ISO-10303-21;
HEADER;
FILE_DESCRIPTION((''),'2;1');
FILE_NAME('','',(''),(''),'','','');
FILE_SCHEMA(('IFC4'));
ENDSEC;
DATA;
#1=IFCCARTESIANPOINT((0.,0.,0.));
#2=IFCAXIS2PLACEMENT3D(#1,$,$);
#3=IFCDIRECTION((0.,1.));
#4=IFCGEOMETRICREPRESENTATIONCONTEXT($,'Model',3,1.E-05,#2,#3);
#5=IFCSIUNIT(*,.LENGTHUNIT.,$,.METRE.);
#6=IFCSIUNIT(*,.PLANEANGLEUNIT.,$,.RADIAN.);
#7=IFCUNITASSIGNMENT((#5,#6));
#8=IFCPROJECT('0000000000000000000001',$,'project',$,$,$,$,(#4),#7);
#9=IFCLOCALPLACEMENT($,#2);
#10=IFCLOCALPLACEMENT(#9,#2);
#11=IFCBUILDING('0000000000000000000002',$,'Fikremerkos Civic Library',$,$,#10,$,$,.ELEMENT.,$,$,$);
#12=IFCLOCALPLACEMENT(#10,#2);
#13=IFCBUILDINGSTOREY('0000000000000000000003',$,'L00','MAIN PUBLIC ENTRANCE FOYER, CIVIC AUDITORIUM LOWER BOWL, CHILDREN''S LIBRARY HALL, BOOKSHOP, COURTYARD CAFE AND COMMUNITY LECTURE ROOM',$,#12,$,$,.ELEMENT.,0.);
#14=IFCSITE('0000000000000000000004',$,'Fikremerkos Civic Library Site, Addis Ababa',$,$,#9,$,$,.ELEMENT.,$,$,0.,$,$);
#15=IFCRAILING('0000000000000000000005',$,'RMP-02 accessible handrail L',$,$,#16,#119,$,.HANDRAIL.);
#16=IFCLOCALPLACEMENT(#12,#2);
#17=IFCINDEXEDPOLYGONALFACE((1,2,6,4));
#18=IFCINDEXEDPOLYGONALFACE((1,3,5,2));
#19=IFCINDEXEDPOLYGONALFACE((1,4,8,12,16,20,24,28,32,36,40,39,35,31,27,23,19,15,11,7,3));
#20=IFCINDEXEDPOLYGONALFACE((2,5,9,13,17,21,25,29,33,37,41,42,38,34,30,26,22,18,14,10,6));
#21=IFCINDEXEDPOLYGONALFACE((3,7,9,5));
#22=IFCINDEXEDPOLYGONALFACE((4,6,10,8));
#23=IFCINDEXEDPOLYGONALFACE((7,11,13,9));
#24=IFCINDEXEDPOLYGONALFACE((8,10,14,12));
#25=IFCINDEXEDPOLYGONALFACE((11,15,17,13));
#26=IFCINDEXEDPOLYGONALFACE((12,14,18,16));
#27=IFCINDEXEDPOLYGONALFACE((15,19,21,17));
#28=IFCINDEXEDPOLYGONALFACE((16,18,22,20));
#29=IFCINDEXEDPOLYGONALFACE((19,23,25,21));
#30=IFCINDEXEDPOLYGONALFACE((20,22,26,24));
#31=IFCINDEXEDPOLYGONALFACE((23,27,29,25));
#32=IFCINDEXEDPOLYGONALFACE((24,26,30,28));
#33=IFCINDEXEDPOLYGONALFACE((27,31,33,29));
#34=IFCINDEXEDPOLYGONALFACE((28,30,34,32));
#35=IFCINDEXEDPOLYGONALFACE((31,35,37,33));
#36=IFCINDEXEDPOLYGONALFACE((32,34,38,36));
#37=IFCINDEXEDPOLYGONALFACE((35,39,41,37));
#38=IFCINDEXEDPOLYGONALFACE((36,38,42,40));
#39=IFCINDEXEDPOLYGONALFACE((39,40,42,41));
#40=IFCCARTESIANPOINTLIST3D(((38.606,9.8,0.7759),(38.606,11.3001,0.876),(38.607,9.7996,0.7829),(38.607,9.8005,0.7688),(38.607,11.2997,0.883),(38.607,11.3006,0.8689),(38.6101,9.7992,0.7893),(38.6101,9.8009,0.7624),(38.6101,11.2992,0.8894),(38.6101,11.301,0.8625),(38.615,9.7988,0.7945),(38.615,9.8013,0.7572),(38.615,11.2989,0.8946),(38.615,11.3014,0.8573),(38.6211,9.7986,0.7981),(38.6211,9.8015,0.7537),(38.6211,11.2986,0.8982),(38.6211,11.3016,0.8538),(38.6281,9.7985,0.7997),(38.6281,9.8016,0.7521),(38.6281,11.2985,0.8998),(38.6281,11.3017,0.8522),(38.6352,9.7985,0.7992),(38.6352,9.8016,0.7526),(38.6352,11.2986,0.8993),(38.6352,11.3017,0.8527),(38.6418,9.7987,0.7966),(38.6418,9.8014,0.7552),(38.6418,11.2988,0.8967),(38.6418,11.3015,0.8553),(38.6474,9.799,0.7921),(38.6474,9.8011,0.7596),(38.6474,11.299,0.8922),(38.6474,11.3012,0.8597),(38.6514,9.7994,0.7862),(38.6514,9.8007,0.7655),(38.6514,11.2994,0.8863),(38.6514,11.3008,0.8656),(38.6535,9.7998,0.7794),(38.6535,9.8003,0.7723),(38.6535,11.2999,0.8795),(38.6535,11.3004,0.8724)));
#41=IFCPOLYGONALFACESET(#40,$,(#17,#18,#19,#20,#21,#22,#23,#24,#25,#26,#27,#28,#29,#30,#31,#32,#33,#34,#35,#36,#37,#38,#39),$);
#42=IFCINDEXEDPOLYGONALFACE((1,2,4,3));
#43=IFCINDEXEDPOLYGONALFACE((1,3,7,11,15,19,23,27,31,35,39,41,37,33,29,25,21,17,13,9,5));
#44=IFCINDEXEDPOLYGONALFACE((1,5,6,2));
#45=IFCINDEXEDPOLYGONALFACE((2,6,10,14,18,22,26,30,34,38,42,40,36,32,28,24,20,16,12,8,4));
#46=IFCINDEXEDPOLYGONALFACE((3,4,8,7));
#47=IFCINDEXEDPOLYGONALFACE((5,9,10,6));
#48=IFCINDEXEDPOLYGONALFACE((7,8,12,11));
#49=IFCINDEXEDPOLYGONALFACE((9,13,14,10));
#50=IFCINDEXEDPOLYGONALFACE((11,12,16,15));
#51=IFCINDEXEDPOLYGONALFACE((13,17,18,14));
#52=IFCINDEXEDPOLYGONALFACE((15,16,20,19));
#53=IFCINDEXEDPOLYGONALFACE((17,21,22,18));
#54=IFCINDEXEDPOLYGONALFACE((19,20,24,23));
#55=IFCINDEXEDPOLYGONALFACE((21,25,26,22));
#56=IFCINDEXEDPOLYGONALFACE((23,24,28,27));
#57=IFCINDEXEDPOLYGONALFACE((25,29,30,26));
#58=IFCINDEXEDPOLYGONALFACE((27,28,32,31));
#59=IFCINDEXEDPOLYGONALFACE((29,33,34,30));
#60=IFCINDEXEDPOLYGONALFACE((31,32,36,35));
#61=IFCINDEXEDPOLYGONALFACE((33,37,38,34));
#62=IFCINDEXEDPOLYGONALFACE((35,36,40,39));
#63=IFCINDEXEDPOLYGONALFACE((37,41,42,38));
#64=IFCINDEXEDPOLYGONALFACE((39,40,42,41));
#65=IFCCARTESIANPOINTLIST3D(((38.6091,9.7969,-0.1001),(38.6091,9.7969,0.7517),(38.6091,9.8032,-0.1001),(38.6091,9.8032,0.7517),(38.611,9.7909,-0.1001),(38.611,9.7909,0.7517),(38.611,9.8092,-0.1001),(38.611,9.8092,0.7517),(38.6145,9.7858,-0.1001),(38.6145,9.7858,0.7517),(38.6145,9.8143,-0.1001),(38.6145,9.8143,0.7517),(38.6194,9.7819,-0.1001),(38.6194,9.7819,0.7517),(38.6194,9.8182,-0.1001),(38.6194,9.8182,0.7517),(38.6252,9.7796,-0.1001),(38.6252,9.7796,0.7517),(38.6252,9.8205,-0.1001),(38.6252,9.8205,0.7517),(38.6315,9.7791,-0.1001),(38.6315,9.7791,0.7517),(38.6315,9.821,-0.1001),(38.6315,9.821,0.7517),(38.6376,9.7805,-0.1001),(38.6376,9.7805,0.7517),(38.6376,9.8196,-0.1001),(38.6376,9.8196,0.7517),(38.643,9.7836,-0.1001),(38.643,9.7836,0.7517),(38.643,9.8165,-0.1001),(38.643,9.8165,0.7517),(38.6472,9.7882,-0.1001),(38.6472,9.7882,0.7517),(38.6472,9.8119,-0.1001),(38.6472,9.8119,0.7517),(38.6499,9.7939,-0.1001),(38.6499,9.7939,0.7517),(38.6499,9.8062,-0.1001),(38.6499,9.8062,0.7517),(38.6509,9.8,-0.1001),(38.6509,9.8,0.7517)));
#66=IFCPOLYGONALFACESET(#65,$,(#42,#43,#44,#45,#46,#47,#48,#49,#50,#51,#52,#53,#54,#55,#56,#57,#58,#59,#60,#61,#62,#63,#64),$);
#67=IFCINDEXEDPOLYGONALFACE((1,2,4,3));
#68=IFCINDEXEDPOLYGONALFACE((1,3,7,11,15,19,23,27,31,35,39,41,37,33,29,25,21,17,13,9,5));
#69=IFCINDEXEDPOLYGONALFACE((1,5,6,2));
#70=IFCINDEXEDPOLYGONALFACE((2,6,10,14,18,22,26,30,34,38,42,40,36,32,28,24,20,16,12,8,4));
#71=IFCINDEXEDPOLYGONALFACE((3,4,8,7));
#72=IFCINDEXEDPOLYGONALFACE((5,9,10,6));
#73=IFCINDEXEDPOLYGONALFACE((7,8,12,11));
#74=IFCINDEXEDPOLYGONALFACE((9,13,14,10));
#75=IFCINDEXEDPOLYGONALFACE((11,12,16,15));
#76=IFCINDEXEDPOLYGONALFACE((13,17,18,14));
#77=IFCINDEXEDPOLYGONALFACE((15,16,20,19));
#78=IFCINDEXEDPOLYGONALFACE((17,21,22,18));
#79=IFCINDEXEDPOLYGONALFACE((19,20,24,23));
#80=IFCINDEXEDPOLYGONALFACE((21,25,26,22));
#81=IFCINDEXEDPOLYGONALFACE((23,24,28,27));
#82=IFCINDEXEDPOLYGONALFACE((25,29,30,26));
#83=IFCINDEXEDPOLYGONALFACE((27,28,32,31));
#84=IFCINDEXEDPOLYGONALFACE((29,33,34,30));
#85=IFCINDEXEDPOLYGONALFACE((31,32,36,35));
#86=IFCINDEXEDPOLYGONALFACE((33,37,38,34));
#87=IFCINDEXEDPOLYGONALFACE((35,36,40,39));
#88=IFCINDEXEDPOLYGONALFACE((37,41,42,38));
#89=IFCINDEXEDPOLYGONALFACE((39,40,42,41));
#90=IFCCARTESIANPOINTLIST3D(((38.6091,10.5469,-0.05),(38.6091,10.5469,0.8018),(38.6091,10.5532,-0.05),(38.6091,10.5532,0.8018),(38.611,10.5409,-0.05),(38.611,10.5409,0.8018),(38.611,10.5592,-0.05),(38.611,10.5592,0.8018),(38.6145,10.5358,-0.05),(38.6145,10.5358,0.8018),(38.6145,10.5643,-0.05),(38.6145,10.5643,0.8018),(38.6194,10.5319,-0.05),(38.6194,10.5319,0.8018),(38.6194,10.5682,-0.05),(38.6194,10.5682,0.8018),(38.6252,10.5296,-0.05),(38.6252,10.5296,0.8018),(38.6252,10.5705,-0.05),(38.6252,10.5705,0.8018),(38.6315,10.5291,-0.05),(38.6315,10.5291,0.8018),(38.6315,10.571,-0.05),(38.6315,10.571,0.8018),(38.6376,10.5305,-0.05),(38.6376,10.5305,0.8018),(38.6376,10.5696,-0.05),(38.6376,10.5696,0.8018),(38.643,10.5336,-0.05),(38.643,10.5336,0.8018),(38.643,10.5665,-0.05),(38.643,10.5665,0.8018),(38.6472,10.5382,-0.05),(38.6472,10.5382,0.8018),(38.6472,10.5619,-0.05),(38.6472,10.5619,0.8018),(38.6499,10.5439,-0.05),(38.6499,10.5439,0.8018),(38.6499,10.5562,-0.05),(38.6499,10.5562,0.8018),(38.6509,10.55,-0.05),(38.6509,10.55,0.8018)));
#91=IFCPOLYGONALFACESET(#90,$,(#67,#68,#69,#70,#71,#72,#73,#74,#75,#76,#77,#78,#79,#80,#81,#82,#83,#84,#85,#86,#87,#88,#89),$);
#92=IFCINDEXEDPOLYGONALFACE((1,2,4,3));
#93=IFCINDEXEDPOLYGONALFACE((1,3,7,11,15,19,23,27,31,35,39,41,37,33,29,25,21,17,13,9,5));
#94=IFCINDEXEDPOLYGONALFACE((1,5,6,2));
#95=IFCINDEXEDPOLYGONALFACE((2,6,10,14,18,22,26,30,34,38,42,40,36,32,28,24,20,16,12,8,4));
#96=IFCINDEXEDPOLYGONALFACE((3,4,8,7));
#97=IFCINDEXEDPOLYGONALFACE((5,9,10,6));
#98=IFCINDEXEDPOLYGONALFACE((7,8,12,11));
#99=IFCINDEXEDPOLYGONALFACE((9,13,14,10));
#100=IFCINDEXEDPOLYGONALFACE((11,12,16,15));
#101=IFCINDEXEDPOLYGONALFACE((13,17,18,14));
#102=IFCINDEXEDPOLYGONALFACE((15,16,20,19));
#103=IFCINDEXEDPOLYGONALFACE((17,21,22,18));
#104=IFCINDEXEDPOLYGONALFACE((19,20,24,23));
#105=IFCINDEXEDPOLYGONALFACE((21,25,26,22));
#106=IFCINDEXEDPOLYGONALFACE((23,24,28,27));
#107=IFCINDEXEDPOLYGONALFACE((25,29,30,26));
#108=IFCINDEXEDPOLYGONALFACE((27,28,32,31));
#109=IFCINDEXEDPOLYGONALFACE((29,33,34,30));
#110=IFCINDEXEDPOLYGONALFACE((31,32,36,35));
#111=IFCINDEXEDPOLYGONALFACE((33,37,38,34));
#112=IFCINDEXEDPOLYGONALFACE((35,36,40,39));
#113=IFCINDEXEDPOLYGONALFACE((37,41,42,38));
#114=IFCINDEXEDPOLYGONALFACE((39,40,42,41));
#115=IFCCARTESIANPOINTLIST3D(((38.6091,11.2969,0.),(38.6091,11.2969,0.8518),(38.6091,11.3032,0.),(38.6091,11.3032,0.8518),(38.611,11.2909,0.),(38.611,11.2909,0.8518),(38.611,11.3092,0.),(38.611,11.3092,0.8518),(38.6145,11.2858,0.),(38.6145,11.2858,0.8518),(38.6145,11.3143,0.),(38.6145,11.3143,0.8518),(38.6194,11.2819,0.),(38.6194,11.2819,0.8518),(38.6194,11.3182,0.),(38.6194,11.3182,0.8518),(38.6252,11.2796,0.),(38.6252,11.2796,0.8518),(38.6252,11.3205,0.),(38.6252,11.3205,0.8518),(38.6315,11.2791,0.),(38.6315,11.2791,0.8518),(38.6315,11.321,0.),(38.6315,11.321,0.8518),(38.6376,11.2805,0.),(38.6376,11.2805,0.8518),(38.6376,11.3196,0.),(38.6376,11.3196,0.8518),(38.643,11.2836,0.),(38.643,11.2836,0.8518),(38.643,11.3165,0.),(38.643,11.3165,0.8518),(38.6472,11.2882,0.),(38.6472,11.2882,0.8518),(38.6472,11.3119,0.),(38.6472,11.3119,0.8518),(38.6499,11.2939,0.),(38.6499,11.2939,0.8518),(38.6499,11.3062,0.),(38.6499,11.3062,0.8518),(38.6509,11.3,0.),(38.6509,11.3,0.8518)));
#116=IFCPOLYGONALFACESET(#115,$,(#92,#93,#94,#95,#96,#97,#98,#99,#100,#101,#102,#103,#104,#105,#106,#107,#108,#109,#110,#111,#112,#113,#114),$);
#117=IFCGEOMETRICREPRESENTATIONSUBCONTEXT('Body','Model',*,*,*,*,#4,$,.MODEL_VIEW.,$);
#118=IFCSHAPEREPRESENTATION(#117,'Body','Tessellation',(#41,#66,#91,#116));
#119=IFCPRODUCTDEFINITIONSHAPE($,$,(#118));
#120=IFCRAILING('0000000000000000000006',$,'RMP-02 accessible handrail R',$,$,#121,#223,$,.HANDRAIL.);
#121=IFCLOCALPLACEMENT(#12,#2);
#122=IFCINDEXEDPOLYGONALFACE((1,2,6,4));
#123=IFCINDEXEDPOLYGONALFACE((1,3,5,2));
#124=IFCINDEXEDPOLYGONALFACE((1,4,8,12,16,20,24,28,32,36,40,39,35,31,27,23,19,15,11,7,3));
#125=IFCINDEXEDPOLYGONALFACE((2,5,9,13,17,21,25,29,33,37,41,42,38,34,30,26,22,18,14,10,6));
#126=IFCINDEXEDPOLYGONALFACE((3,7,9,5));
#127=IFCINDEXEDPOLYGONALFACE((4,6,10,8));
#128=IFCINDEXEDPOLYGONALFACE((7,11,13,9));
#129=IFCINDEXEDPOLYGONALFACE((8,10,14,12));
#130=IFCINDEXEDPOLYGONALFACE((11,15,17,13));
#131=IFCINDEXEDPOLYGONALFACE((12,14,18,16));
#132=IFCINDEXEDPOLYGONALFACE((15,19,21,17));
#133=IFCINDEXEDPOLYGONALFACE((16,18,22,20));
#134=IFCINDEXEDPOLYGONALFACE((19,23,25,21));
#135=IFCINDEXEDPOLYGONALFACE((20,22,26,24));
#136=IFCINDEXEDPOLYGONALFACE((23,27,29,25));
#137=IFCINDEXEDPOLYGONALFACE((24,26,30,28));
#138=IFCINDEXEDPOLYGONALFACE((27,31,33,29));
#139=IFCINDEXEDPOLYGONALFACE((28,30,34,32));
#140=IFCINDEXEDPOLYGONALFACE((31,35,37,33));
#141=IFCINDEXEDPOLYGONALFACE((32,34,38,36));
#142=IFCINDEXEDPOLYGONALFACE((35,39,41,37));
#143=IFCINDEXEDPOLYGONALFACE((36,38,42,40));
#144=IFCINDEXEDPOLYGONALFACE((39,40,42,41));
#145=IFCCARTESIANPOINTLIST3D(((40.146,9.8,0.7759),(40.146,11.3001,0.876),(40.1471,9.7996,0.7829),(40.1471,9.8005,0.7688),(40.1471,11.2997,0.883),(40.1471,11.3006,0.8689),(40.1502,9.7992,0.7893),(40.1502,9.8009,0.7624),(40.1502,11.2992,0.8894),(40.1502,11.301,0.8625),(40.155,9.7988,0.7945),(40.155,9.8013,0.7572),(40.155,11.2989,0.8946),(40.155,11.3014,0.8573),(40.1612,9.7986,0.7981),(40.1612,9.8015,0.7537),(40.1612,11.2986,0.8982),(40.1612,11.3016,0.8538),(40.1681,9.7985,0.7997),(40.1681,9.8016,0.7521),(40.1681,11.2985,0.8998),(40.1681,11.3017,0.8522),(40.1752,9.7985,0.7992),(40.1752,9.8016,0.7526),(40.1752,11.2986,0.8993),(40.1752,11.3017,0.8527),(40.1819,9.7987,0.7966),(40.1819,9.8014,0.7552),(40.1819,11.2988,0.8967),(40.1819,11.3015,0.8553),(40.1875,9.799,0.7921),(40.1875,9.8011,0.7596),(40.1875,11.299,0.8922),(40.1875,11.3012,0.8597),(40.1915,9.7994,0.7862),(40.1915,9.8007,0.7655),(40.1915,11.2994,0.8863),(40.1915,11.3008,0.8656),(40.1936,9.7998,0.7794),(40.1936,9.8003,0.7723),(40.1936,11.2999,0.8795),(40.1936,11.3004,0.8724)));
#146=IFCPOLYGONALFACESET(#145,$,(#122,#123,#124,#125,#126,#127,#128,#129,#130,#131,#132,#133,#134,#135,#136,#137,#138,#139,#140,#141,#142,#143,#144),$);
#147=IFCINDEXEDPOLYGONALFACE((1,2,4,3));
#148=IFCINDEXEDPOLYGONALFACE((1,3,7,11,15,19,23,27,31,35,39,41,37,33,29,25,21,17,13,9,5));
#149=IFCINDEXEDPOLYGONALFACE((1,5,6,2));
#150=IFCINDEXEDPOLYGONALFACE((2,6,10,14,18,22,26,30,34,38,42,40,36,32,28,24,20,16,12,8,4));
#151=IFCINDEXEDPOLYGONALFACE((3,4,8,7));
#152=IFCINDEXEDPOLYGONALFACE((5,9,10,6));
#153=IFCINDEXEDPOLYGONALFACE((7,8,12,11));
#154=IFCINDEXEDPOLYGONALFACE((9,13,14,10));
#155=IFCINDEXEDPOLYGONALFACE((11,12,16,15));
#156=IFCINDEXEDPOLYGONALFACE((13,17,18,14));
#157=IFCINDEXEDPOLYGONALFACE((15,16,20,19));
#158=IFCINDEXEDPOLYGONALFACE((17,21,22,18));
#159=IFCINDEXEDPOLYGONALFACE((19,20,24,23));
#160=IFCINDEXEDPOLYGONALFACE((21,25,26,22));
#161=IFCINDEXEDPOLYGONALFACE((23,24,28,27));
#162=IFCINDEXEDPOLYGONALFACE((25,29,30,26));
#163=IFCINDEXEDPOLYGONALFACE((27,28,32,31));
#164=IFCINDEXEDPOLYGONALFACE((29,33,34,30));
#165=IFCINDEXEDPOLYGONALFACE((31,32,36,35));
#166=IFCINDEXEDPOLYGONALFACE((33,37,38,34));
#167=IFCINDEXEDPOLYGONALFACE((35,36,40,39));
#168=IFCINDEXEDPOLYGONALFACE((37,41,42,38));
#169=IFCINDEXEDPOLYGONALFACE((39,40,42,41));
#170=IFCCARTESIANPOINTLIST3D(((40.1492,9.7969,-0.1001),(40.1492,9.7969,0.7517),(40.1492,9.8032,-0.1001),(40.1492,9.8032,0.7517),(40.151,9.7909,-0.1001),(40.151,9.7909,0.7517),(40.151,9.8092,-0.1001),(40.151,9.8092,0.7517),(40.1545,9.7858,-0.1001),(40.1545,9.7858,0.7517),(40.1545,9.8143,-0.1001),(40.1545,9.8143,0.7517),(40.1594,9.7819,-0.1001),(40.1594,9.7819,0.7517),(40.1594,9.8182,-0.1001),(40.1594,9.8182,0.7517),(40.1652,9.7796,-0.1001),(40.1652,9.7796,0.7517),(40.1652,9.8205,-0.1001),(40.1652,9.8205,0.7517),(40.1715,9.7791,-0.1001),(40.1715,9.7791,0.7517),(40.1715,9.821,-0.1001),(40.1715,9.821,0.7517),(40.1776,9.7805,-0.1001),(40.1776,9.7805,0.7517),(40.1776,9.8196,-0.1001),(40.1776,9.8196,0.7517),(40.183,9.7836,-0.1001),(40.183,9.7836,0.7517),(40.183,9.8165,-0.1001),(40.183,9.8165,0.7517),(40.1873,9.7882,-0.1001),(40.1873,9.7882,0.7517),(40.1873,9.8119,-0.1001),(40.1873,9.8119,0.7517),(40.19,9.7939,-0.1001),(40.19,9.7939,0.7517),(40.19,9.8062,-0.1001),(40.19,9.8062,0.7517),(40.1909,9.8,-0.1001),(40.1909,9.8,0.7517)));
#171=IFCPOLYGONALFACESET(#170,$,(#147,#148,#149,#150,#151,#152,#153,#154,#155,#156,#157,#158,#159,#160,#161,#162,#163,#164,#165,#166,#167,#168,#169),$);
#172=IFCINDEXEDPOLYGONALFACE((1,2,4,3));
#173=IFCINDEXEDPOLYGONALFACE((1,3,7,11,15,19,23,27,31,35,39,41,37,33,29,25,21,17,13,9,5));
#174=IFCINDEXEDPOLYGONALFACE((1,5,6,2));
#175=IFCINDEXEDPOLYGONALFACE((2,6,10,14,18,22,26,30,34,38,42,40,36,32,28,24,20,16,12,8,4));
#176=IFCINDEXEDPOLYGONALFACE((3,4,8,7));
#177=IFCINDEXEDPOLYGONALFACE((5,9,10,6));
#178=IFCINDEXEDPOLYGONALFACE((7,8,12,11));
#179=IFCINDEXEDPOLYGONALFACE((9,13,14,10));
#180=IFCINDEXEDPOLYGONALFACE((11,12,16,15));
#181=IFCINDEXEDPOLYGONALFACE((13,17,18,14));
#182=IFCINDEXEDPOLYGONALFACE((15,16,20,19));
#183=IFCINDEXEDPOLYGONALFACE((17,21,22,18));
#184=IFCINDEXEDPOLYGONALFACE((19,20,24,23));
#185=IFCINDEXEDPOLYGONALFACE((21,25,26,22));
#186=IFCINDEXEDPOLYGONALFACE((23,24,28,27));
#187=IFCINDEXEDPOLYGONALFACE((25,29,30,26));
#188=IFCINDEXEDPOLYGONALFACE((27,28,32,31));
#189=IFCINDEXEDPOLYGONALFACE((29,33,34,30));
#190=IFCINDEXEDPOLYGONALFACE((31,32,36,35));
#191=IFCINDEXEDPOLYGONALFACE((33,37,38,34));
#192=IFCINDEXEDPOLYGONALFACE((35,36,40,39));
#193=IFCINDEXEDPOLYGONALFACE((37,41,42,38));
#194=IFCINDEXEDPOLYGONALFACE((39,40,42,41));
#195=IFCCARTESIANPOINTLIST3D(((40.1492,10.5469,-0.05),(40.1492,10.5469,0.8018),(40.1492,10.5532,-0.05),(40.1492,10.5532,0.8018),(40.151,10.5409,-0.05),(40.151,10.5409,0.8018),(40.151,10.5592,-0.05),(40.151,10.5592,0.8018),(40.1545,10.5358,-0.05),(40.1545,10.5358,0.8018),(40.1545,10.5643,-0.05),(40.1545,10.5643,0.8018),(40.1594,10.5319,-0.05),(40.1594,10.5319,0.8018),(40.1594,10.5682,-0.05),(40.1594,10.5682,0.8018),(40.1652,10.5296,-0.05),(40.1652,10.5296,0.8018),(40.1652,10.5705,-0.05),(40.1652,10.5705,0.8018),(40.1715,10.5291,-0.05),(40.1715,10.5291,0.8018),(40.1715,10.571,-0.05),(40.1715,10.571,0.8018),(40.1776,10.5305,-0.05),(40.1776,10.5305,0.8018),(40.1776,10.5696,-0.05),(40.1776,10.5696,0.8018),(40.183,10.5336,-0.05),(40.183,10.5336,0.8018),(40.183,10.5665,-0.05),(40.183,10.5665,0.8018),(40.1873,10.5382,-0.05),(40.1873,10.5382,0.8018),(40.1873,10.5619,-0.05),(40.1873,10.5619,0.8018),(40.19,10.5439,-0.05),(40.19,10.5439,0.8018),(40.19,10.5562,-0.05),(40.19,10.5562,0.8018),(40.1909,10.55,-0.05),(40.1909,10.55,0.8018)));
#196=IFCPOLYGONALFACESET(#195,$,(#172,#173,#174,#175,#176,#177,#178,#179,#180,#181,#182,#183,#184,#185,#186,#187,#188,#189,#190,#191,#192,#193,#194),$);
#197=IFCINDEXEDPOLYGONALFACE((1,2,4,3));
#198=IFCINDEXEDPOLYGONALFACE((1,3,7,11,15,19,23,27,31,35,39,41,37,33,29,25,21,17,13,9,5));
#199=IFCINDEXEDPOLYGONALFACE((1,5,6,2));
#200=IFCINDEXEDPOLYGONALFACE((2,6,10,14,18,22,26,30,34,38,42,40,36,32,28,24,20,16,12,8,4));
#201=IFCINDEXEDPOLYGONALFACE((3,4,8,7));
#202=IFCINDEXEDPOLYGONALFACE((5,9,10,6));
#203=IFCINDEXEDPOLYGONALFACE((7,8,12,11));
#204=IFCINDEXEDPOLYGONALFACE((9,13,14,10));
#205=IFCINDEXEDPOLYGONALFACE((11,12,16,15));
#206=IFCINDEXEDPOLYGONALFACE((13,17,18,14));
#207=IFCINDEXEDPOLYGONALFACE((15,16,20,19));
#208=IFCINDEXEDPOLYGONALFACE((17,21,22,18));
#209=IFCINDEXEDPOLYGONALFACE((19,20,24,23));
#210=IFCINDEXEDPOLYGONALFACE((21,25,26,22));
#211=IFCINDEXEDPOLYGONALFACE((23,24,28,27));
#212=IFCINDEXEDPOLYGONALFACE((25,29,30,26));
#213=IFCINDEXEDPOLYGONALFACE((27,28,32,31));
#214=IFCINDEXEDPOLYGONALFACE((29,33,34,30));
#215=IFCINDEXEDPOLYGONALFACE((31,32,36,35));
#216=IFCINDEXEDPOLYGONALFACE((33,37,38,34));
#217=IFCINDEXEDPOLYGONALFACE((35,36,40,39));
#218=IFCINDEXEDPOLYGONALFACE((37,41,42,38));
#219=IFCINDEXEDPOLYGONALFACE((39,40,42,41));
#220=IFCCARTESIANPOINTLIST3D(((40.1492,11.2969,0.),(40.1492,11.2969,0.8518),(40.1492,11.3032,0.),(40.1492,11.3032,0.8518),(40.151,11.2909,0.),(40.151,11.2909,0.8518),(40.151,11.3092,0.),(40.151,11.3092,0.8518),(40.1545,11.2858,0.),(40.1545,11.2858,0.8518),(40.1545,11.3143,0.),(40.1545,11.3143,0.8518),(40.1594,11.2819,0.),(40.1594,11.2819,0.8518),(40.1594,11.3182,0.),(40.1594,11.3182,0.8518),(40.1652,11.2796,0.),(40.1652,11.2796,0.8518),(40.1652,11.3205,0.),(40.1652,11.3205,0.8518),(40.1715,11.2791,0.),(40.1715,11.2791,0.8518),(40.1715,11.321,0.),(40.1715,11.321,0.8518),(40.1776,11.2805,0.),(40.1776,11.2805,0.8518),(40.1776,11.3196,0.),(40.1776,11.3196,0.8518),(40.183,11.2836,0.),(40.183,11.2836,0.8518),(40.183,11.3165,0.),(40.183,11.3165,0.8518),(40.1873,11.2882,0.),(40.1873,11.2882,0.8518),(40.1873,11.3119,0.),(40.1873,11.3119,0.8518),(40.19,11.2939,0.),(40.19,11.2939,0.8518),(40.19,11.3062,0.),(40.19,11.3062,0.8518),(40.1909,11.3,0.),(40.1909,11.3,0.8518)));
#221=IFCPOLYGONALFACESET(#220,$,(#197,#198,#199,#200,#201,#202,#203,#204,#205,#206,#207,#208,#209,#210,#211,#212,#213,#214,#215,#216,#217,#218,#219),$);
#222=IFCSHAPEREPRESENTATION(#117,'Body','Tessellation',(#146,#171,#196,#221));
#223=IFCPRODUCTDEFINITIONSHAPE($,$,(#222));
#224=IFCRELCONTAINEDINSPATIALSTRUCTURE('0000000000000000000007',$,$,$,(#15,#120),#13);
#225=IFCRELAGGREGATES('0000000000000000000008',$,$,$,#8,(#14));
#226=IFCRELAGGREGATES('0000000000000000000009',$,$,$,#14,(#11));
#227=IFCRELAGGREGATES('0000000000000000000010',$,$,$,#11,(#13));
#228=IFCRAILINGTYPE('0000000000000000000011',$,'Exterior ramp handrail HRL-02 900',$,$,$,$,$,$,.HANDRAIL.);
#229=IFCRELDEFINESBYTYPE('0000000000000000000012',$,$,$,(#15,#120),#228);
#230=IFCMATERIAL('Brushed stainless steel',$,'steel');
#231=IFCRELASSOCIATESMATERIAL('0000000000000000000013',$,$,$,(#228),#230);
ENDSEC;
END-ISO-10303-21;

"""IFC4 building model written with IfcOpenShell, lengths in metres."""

from ifc_helpers import new_model, si_unit, direction, frame, origin, origin_2d, place, context, subcontext, project, spatial, circle, extrude, material, type_object, element, save


model = new_model("IFC4")

# Units and contexts
model_context = context("Model", 3, precision=1e-05, world=origin(), true_north=direction((0.0, 1.0)))
body_context = subcontext(model_context, "Body", "Model", "MODEL_VIEW")
ifc_project = project(units=[si_unit("LENGTHUNIT", "METRE"), si_unit("PLANEANGLEUNIT", "RADIAN")], contexts=[model_context])

# Site, building, storey
site_placement = place(None, origin())
site = spatial("IfcSite", under=ifc_project, at=site_placement, Name="Fikremerkos Civic Library Site, Addis Ababa", CompositionType="ELEMENT", RefElevation=0.0)
building_placement = place(site_placement, origin())
building = spatial("IfcBuilding", under=site, at=building_placement, Name="Fikremerkos Civic Library", CompositionType="ELEMENT")
storey_placement = place(building_placement, origin())
storey = spatial("IfcBuildingStorey", under=building, at=storey_placement, Name="L00", Description="MAIN PUBLIC ENTRANCE FOYER, CIVIC AUDITORIUM LOWER BOWL, CHILDREN'S LIBRARY HALL, BOOKSHOP, COURTYARD CAFE AND COMMUNITY LECTURE ROOM", CompositionType="ELEMENT", Elevation=0.0)

# Railings
ifc_material_1 = material(Name="Brushed stainless steel", Category="steel")
railing_type_1 = type_object("IfcRailingType", Name="Exterior ramp handrail HRL-02 900", PredefinedType="HANDRAIL", material=ifc_material_1)
for number, where, name in (
    (1, (38.6299, 9.8, -0.1001), "RMP-02 accessible handrail L"),
    (2, (40.1699, 9.8, -0.1001), "RMP-02 accessible handrail R"),
):
    element("IfcRailing", number, at=place(storey_placement, frame(where)), inside=storey, type_object=railing_type_1, Name=name, PredefinedType="HANDRAIL", context=body_context, shape_type="SweptSolid", body=[
        extrude(circle(Radius=0.0239, at=origin_2d()), frame((0.0, 0.0, 0.876), z_axis=(0.0, 0.997781, 0.066584), x_axis=(-1.0, 0.0, 0.0)), (0.0, 0.0, 1.0), 1.5034),
        extrude(circle(Radius=0.021, at=origin_2d()), origin(), (0.0, 0.0, 1.0), 0.8518),
        extrude(circle(Radius=0.021, at=origin_2d()), frame((0.0, 0.75, 0.05)), (0.0, 0.0, 1.0), 0.8518),
        extrude(circle(Radius=0.021, at=origin_2d()), frame((0.0, 1.5, 0.1001)), (0.0, 0.0, 1.0), 0.8518),
    ])

save(model, "model.ifc")
